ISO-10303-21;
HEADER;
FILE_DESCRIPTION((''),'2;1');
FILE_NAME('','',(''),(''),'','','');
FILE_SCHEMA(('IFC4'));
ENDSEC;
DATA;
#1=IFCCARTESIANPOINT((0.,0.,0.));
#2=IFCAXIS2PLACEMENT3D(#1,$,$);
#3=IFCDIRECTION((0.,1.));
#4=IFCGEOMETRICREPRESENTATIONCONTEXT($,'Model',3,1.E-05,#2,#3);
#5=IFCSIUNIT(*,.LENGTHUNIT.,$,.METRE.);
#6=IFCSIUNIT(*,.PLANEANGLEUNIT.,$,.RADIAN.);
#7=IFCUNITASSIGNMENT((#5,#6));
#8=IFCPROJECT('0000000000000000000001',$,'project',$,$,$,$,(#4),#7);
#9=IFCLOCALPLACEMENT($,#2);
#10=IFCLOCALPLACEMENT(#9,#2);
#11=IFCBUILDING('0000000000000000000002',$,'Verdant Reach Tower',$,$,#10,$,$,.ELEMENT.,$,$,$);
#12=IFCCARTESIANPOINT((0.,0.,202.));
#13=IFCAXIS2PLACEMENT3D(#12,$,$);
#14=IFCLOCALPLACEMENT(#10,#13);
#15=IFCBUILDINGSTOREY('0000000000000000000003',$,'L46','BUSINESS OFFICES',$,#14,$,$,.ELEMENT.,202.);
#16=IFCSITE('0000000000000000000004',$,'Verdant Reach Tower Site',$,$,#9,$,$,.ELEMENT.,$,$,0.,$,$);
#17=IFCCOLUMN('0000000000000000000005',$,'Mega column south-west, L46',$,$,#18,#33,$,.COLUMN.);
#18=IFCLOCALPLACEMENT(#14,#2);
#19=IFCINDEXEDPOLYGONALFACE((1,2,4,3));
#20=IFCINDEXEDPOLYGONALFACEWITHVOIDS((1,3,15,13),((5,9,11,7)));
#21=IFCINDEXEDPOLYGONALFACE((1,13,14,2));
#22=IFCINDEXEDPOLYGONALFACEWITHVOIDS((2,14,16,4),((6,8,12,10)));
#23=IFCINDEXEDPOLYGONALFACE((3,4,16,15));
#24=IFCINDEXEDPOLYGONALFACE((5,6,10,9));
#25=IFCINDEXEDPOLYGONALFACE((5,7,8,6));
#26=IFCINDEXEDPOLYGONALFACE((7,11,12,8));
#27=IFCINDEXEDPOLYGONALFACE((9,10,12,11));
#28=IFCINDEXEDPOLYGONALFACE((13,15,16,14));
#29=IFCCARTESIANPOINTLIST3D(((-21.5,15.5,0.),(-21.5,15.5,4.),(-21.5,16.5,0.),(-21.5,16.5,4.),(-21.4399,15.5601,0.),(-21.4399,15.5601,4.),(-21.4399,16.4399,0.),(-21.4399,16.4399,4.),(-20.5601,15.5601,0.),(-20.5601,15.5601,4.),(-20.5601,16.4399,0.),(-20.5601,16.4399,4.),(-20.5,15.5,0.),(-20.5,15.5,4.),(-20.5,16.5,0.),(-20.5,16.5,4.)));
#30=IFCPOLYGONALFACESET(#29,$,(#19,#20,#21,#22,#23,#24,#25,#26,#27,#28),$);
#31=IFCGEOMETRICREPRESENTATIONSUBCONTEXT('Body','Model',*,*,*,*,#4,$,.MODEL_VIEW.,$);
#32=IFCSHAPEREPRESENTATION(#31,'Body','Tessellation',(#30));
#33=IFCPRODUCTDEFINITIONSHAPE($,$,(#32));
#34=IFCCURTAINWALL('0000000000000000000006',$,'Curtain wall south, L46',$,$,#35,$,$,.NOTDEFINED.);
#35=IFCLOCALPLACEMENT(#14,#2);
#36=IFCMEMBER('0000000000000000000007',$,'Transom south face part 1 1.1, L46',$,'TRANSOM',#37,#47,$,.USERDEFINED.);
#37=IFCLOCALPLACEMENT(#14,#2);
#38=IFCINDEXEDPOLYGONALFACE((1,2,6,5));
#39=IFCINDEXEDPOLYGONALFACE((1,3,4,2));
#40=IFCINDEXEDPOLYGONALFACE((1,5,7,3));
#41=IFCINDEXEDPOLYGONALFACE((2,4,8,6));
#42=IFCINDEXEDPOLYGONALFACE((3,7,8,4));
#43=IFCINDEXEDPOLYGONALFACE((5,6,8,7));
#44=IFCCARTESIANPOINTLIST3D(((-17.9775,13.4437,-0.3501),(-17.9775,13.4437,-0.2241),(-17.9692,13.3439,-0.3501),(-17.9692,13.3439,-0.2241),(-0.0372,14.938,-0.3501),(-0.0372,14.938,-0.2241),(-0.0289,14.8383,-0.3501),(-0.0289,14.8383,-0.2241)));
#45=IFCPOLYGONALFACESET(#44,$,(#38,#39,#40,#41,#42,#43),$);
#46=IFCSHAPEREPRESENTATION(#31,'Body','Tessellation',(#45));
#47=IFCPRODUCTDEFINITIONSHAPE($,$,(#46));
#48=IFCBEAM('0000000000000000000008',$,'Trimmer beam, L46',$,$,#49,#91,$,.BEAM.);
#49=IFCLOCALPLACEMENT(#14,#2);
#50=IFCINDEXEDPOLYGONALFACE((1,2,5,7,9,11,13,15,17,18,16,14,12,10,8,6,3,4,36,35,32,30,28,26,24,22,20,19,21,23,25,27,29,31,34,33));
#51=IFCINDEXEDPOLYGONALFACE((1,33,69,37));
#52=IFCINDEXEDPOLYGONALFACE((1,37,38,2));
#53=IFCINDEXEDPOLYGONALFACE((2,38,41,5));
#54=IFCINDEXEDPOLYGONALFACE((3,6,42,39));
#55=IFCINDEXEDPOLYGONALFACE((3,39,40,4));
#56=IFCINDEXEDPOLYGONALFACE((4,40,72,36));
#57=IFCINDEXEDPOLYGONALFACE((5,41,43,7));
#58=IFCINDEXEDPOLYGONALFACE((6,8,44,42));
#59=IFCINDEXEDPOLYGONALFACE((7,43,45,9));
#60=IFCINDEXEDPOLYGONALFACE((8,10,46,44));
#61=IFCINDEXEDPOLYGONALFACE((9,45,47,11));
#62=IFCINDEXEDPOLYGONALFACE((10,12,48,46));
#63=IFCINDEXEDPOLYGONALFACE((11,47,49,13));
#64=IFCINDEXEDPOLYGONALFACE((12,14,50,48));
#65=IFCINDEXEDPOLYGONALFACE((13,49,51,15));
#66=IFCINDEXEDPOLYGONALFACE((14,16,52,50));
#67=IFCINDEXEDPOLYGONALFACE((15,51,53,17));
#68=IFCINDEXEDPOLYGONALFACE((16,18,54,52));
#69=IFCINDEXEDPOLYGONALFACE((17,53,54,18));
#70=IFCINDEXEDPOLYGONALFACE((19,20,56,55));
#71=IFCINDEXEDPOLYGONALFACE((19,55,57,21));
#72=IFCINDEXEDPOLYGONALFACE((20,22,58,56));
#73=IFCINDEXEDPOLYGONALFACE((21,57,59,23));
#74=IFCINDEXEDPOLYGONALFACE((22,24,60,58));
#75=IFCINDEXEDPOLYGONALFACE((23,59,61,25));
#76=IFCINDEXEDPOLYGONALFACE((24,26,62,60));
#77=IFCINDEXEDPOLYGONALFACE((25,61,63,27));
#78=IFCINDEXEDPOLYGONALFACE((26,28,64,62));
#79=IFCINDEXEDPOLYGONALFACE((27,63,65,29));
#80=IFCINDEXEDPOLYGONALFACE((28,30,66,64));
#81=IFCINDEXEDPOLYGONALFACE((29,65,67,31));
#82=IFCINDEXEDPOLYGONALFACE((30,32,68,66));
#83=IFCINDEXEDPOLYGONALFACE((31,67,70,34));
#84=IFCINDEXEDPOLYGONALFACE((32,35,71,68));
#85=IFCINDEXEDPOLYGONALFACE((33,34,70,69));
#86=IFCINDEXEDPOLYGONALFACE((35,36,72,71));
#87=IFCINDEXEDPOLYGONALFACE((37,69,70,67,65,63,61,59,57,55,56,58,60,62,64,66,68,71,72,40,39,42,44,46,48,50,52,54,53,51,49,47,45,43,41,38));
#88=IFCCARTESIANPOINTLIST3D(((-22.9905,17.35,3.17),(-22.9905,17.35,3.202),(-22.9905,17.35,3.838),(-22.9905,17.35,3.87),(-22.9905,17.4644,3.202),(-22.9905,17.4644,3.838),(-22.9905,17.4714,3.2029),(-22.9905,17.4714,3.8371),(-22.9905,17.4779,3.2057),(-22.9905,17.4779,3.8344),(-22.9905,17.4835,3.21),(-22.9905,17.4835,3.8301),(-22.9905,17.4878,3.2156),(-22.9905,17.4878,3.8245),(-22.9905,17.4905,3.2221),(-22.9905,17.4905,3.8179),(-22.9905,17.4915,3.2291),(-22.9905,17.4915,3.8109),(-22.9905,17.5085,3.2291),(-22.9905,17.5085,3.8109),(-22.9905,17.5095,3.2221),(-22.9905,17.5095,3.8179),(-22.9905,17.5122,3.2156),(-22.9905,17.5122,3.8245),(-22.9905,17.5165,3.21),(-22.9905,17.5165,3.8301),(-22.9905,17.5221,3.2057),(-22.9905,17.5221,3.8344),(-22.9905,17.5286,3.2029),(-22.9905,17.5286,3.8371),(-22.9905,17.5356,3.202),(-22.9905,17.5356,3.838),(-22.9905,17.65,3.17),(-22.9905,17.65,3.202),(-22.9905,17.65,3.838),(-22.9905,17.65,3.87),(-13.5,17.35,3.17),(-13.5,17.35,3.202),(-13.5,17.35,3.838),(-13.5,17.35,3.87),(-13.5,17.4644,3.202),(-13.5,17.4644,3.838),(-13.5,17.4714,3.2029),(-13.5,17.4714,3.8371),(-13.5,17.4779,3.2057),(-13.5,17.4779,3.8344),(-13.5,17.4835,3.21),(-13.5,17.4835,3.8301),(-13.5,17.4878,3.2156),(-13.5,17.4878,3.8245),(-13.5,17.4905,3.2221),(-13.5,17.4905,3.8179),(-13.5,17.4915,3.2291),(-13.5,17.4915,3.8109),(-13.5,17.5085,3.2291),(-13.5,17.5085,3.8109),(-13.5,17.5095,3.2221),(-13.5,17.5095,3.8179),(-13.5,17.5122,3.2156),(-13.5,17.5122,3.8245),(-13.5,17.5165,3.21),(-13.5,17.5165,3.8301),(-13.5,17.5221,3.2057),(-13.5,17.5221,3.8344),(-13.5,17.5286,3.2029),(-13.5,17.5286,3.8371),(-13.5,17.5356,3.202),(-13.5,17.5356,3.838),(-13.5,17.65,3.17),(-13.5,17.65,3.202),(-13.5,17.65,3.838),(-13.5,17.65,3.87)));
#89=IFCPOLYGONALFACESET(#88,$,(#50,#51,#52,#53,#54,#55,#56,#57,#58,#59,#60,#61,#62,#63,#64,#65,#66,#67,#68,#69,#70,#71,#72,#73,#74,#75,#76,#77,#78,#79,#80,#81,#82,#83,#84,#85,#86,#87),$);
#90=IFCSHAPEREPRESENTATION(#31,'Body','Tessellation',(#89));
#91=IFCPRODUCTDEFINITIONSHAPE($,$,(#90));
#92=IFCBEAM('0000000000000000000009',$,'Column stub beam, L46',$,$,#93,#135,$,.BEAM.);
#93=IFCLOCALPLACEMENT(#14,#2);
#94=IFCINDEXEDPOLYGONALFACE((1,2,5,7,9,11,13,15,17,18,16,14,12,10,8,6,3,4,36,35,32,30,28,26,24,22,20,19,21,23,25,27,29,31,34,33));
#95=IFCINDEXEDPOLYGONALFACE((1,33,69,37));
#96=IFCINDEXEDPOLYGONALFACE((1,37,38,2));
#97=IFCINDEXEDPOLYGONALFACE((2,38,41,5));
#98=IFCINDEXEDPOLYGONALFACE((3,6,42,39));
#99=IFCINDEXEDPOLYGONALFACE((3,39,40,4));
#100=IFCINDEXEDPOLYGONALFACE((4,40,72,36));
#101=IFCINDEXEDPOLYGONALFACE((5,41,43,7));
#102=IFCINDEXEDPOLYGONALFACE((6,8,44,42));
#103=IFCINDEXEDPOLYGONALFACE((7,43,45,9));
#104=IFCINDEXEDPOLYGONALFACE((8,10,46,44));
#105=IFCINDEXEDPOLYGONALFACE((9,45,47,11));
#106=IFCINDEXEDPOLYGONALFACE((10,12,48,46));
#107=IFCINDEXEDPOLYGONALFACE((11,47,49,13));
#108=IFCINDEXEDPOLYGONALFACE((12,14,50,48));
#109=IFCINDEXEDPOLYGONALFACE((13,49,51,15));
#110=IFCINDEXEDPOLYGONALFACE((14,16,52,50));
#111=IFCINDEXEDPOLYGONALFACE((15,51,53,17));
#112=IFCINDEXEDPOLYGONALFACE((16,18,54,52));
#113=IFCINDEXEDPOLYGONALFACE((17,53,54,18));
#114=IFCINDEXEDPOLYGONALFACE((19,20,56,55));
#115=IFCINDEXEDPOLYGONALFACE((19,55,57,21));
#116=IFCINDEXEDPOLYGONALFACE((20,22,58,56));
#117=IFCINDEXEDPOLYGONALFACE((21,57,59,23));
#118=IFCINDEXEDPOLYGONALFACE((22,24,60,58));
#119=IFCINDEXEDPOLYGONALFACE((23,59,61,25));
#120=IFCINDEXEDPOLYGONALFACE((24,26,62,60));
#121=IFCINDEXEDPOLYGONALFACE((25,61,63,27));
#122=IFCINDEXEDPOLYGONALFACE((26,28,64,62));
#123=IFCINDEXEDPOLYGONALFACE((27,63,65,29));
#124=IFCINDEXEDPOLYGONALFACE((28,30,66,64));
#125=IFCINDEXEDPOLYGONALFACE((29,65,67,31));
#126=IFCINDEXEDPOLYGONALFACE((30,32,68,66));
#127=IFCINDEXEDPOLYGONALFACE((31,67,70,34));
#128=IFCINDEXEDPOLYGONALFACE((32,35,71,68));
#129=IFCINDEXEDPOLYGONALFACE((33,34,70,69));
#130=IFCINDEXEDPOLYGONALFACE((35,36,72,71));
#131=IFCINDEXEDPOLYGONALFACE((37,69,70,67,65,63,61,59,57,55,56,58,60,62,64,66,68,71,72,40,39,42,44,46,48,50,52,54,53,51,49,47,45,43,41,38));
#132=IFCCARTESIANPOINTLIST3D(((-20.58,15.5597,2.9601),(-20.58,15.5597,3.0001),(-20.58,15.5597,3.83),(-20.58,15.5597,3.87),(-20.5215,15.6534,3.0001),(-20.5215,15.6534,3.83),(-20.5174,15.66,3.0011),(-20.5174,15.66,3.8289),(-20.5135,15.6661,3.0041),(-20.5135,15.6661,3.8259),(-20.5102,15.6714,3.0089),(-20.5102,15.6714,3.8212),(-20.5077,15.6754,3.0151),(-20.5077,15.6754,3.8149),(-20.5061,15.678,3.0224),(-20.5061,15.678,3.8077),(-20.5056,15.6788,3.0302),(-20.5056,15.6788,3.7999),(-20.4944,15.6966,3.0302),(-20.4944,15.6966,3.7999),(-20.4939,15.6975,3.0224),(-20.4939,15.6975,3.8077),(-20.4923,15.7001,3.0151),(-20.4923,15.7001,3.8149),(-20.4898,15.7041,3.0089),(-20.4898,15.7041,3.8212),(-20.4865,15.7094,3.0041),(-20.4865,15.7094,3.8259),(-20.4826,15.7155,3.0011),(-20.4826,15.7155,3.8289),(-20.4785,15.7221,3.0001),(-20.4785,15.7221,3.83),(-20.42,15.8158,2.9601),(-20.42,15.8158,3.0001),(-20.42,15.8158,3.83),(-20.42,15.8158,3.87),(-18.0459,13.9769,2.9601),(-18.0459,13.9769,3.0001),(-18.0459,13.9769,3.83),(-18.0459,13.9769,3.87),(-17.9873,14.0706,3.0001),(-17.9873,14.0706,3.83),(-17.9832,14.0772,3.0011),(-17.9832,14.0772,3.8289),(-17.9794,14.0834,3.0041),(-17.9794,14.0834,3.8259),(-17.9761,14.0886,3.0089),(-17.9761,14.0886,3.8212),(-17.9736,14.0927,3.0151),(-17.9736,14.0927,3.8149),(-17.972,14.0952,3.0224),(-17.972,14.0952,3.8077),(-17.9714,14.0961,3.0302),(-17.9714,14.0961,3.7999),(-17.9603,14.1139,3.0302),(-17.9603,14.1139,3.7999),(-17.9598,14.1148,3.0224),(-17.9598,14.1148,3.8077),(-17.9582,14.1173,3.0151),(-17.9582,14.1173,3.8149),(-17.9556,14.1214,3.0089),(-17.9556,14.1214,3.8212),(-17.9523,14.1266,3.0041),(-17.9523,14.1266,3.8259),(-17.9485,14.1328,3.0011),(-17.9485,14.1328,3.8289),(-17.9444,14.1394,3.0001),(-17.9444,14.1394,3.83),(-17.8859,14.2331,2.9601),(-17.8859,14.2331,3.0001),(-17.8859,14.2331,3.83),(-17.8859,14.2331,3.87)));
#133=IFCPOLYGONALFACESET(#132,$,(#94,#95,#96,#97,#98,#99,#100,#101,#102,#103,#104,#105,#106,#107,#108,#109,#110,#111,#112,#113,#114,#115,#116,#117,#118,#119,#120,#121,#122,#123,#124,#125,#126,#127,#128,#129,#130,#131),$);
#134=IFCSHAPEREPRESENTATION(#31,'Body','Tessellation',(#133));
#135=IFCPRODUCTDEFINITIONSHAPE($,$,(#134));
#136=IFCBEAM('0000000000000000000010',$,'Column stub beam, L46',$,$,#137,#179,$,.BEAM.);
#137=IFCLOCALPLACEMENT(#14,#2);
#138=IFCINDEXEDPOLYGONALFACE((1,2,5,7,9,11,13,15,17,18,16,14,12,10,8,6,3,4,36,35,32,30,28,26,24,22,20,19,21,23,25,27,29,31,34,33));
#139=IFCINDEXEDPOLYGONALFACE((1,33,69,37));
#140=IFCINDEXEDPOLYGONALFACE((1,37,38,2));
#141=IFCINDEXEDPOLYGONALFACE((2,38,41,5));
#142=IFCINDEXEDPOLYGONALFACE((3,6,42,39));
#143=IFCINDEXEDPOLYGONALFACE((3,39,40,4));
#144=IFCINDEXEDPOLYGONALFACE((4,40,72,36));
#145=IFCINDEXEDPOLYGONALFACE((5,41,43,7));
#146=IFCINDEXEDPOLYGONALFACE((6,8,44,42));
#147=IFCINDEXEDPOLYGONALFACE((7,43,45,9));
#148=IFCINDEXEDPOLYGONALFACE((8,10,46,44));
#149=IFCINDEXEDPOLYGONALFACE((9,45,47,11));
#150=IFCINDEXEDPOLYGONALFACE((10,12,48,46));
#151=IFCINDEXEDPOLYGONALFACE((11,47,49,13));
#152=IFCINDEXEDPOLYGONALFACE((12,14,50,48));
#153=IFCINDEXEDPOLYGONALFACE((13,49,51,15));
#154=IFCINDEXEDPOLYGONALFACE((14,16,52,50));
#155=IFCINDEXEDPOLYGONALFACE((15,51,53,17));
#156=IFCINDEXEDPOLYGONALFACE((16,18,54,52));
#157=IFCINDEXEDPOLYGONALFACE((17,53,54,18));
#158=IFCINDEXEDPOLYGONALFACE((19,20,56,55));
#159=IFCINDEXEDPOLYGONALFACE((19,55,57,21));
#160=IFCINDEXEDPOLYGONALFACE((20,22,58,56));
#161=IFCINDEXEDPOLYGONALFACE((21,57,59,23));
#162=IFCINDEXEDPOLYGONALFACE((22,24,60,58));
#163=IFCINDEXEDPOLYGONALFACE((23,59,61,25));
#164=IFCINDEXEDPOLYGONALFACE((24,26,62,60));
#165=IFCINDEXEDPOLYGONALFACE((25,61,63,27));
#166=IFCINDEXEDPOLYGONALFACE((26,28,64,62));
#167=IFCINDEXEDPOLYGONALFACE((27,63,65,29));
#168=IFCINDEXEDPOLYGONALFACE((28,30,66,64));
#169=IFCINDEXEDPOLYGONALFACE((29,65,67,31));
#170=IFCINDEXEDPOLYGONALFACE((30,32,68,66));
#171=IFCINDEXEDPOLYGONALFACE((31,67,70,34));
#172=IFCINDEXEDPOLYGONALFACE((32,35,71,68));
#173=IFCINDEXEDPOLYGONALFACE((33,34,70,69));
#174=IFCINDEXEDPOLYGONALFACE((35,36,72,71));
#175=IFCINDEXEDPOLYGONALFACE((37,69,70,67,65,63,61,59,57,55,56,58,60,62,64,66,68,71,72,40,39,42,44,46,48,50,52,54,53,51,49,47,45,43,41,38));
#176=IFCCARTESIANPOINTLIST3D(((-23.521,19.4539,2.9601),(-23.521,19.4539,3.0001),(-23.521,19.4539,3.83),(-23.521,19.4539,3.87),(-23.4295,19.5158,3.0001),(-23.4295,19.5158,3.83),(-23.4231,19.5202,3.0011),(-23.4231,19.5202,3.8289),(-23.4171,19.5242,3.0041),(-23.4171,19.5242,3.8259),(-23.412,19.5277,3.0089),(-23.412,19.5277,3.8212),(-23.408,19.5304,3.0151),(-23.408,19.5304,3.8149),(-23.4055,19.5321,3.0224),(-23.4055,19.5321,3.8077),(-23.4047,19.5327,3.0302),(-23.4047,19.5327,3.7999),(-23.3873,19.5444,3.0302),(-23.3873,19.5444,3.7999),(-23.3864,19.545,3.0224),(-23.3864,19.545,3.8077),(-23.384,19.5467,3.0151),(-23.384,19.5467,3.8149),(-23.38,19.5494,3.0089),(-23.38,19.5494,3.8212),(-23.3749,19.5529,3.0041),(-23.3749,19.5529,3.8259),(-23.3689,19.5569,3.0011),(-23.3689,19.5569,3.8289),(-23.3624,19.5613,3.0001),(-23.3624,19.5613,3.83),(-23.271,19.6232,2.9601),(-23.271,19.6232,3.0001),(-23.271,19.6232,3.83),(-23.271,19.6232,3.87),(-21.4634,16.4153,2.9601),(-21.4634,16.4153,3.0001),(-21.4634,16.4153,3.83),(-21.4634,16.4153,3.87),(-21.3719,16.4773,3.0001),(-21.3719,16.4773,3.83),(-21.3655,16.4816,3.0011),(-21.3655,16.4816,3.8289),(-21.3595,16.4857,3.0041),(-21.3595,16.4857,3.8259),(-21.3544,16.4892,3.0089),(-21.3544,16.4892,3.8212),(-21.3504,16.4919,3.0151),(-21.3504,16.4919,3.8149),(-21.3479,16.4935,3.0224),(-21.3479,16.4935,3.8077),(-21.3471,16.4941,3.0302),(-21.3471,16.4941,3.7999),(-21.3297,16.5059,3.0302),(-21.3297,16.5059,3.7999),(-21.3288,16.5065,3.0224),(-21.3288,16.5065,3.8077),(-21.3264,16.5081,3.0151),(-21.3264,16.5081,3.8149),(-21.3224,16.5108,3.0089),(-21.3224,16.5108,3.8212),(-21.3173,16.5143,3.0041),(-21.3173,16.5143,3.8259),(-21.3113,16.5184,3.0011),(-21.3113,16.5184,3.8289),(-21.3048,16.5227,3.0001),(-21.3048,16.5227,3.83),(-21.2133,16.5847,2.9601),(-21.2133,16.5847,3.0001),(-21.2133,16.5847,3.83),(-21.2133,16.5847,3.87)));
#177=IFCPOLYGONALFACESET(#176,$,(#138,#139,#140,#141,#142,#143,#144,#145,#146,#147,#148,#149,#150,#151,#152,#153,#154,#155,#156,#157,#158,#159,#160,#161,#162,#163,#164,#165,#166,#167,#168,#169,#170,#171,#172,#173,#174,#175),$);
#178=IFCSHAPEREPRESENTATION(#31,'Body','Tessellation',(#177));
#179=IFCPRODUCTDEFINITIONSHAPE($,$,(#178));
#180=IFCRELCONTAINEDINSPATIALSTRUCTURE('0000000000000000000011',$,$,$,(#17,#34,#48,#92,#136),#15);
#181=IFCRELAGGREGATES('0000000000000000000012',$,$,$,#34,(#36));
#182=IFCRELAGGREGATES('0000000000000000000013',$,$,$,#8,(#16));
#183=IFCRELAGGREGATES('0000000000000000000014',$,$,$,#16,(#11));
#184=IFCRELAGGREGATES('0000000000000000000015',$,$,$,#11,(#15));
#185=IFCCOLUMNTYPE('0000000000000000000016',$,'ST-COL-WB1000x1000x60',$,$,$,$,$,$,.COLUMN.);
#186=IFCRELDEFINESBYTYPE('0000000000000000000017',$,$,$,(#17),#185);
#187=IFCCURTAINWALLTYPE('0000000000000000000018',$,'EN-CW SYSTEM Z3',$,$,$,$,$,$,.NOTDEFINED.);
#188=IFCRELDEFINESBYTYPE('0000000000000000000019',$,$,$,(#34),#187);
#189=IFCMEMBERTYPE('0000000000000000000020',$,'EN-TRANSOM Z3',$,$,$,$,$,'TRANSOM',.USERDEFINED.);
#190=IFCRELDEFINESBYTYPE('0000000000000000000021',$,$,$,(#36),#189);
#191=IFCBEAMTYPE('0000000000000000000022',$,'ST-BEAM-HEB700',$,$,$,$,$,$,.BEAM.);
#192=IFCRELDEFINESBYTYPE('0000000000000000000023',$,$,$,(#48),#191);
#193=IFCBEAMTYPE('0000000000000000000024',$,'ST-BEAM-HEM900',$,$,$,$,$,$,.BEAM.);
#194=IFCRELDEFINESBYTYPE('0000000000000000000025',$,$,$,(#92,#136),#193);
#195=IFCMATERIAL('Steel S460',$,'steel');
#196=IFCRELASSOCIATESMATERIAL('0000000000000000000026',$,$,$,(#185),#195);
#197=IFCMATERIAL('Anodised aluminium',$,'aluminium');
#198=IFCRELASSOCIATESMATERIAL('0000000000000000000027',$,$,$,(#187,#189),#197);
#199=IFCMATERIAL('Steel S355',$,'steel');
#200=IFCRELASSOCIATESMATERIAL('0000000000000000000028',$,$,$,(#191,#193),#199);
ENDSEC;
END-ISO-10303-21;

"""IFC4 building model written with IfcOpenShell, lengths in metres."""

from ifc_helpers import new_model, si_unit, direction, frame, origin, origin_2d, place, context, subcontext, project, spatial, rectangle, hollow_rectangle, i_section, extrude, material, material_profile, profile_set, type_object, element, aggregate, save


model = new_model("IFC4")

# Units and contexts
model_context = context("Model", 3, precision=1e-05, world=origin(), true_north=direction((0.0, 1.0)))
body_context = subcontext(model_context, "Body", "Model", "MODEL_VIEW")
ifc_project = project(units=[si_unit("LENGTHUNIT", "METRE"), si_unit("PLANEANGLEUNIT", "RADIAN")], contexts=[model_context])

# Site, building, storey
site_placement = place(None, origin())
site = spatial("IfcSite", under=ifc_project, at=site_placement, Name="Verdant Reach Tower Site", CompositionType="ELEMENT", RefElevation=0.0)
building_placement = place(site_placement, origin())
building = spatial("IfcBuilding", under=site, at=building_placement, Name="Verdant Reach Tower", CompositionType="ELEMENT")
storey_placement = place(building_placement, frame((0.0, 0.0, 202.0)))
storey = spatial("IfcBuildingStorey", under=building, at=storey_placement, Name="L46", Description="BUSINESS OFFICES", CompositionType="ELEMENT", Elevation=202.0)

# Column
ifc_material_1 = material(Name="Steel S460", Category="steel")
ifc_material_profile_1 = material_profile(ifc_material_1, hollow_rectangle(XDim=1.0, YDim=1.0, WallThickness=0.0601, at=origin_2d()), Name="WB 1000x1000x60")
ifc_profile_set_1 = profile_set([ifc_material_profile_1], Name="Steel S460")
column_type = type_object("IfcColumnType", Name="ST-COL-WB1000x1000x60", PredefinedType="COLUMN", material=ifc_profile_set_1)
column_placement = place(storey_placement, frame((-21.0, 16.0, 0.0), z_axis=(0.0, 0.0, 1.0), x_axis=(1.0, 0.0, 0.0)))
element("IfcColumn", 1, at=column_placement, inside=storey, type_object=column_type, Name="Mega column south-west, L46", PredefinedType="COLUMN", context=body_context, shape_type="SweptSolid", body=[
    extrude(hollow_rectangle(XDim=1.0, YDim=1.0, WallThickness=0.0601, at=origin_2d()), origin(), (0.0, 0.0, 1.0), 4.0),
])

# Curtain wall, member
ifc_material_2 = material(Name="Anodised aluminium", Category="aluminium")
curtain_wall_type = type_object("IfcCurtainWallType", Name="EN-CW SYSTEM Z3", PredefinedType="NOTDEFINED", material=ifc_material_2)
curtain_wall_1_placement = place(storey_placement, origin())
curtain_wall_1 = element("IfcCurtainWall", 2, at=curtain_wall_1_placement, inside=storey, type_object=curtain_wall_type, Name="Curtain wall south, L46", PredefinedType="NOTDEFINED")
ifc_material_profile_2 = material_profile(ifc_material_2, rectangle(XDim=0.1001, YDim=0.126, at=origin_2d()), Name="Transom 126x100")
ifc_profile_set_2 = profile_set([ifc_material_profile_2], Name="Anodised aluminium")
member_type = type_object("IfcMemberType", Name="EN-TRANSOM Z3", ElementType="TRANSOM", PredefinedType="USERDEFINED", material=ifc_profile_set_2)
member_placement = place(storey_placement, frame((-17.9734, 13.3938, -0.2871), z_axis=(0.996549, 0.08301, 0.0), x_axis=(-0.08301, 0.996549, 0.0)))
member = element("IfcMember", 3, at=member_placement, type_object=member_type, Name="Transom south face part 1 1.1, L46", ObjectType="TRANSOM", PredefinedType="USERDEFINED", context=body_context, shape_type="SweptSolid", body=[
    extrude(rectangle(XDim=0.1001, YDim=0.126, at=origin_2d()), origin(), (0.0, 0.0, 1.0), 18.0024),
])

# Beams
ifc_material_3 = material(Name="Steel S355", Category="steel")
ifc_material_profile_3 = material_profile(ifc_material_3, i_section(OverallWidth=0.3, OverallDepth=0.7, WebThickness=0.0171, FlangeThickness=0.032, FilletRadius=0.0271, at=origin_2d()), Name="HEB 700")
ifc_profile_set_3 = profile_set([ifc_material_profile_3], Name="Steel S355")
beam_type_1 = type_object("IfcBeamType", Name="ST-BEAM-HEB700", PredefinedType="BEAM", material=ifc_profile_set_3)
beam_1_placement = place(storey_placement, frame((-13.5, 17.5, 3.52), z_axis=(-1.0, 0.0, 0.0), x_axis=(0.0, -1.0, 0.0)))
element("IfcBeam", 4, at=beam_1_placement, inside=storey, type_object=beam_type_1, Name="Trimmer beam, L46", PredefinedType="BEAM", context=body_context, shape_type="SweptSolid", body=[
    extrude(i_section(OverallWidth=0.3, OverallDepth=0.7, WebThickness=0.0171, FlangeThickness=0.032, FilletRadius=0.0271, at=origin_2d()), origin(), (0.0, 0.0, 1.0), 9.4905),
])
ifc_material_profile_4 = material_profile(ifc_material_3, i_section(OverallWidth=0.302, OverallDepth=0.9099, WebThickness=0.021, FlangeThickness=0.04, FilletRadius=0.03, at=origin_2d()), Name="HEM 900")
ifc_profile_set_4 = profile_set([ifc_material_profile_4], Name="Steel S355")
beam_type_2 = type_object("IfcBeamType", Name="ST-BEAM-HEM900", PredefinedType="BEAM", material=ifc_profile_set_4)
beam_2_placement = place(storey_placement, frame((-20.5, 15.6877, 3.415), z_axis=(0.848164, -0.529735, 0.0), x_axis=(0.529735, 0.848164, 0.0)))
element("IfcBeam", 5, at=beam_2_placement, inside=storey, type_object=beam_type_2, Name="Column stub beam, L46", PredefinedType="BEAM", context=body_context, shape_type="SweptSolid", body=[
    extrude(i_section(OverallWidth=0.302, OverallDepth=0.9099, WebThickness=0.021, FlangeThickness=0.04, FilletRadius=0.03, at=origin_2d()), origin(), (0.0, 0.0, 1.0), 2.9878),
])
beam_3_placement = place(storey_placement, frame((-21.3384, 16.5, 3.415), z_axis=(-0.560704, 0.828016, 0.0), x_axis=(-0.828016, -0.560704, 0.0)))
element("IfcBeam", 6, at=beam_3_placement, inside=storey, type_object=beam_type_2, Name="Column stub beam, L46", PredefinedType="BEAM", context=body_context, shape_type="SweptSolid", body=[
    extrude(i_section(OverallWidth=0.302, OverallDepth=0.9099, WebThickness=0.021, FlangeThickness=0.04, FilletRadius=0.03, at=origin_2d()), origin(), (0.0, 0.0, 1.0), 3.6697),
])

aggregate(curtain_wall_1, [member])

save(model, "model.ifc")
